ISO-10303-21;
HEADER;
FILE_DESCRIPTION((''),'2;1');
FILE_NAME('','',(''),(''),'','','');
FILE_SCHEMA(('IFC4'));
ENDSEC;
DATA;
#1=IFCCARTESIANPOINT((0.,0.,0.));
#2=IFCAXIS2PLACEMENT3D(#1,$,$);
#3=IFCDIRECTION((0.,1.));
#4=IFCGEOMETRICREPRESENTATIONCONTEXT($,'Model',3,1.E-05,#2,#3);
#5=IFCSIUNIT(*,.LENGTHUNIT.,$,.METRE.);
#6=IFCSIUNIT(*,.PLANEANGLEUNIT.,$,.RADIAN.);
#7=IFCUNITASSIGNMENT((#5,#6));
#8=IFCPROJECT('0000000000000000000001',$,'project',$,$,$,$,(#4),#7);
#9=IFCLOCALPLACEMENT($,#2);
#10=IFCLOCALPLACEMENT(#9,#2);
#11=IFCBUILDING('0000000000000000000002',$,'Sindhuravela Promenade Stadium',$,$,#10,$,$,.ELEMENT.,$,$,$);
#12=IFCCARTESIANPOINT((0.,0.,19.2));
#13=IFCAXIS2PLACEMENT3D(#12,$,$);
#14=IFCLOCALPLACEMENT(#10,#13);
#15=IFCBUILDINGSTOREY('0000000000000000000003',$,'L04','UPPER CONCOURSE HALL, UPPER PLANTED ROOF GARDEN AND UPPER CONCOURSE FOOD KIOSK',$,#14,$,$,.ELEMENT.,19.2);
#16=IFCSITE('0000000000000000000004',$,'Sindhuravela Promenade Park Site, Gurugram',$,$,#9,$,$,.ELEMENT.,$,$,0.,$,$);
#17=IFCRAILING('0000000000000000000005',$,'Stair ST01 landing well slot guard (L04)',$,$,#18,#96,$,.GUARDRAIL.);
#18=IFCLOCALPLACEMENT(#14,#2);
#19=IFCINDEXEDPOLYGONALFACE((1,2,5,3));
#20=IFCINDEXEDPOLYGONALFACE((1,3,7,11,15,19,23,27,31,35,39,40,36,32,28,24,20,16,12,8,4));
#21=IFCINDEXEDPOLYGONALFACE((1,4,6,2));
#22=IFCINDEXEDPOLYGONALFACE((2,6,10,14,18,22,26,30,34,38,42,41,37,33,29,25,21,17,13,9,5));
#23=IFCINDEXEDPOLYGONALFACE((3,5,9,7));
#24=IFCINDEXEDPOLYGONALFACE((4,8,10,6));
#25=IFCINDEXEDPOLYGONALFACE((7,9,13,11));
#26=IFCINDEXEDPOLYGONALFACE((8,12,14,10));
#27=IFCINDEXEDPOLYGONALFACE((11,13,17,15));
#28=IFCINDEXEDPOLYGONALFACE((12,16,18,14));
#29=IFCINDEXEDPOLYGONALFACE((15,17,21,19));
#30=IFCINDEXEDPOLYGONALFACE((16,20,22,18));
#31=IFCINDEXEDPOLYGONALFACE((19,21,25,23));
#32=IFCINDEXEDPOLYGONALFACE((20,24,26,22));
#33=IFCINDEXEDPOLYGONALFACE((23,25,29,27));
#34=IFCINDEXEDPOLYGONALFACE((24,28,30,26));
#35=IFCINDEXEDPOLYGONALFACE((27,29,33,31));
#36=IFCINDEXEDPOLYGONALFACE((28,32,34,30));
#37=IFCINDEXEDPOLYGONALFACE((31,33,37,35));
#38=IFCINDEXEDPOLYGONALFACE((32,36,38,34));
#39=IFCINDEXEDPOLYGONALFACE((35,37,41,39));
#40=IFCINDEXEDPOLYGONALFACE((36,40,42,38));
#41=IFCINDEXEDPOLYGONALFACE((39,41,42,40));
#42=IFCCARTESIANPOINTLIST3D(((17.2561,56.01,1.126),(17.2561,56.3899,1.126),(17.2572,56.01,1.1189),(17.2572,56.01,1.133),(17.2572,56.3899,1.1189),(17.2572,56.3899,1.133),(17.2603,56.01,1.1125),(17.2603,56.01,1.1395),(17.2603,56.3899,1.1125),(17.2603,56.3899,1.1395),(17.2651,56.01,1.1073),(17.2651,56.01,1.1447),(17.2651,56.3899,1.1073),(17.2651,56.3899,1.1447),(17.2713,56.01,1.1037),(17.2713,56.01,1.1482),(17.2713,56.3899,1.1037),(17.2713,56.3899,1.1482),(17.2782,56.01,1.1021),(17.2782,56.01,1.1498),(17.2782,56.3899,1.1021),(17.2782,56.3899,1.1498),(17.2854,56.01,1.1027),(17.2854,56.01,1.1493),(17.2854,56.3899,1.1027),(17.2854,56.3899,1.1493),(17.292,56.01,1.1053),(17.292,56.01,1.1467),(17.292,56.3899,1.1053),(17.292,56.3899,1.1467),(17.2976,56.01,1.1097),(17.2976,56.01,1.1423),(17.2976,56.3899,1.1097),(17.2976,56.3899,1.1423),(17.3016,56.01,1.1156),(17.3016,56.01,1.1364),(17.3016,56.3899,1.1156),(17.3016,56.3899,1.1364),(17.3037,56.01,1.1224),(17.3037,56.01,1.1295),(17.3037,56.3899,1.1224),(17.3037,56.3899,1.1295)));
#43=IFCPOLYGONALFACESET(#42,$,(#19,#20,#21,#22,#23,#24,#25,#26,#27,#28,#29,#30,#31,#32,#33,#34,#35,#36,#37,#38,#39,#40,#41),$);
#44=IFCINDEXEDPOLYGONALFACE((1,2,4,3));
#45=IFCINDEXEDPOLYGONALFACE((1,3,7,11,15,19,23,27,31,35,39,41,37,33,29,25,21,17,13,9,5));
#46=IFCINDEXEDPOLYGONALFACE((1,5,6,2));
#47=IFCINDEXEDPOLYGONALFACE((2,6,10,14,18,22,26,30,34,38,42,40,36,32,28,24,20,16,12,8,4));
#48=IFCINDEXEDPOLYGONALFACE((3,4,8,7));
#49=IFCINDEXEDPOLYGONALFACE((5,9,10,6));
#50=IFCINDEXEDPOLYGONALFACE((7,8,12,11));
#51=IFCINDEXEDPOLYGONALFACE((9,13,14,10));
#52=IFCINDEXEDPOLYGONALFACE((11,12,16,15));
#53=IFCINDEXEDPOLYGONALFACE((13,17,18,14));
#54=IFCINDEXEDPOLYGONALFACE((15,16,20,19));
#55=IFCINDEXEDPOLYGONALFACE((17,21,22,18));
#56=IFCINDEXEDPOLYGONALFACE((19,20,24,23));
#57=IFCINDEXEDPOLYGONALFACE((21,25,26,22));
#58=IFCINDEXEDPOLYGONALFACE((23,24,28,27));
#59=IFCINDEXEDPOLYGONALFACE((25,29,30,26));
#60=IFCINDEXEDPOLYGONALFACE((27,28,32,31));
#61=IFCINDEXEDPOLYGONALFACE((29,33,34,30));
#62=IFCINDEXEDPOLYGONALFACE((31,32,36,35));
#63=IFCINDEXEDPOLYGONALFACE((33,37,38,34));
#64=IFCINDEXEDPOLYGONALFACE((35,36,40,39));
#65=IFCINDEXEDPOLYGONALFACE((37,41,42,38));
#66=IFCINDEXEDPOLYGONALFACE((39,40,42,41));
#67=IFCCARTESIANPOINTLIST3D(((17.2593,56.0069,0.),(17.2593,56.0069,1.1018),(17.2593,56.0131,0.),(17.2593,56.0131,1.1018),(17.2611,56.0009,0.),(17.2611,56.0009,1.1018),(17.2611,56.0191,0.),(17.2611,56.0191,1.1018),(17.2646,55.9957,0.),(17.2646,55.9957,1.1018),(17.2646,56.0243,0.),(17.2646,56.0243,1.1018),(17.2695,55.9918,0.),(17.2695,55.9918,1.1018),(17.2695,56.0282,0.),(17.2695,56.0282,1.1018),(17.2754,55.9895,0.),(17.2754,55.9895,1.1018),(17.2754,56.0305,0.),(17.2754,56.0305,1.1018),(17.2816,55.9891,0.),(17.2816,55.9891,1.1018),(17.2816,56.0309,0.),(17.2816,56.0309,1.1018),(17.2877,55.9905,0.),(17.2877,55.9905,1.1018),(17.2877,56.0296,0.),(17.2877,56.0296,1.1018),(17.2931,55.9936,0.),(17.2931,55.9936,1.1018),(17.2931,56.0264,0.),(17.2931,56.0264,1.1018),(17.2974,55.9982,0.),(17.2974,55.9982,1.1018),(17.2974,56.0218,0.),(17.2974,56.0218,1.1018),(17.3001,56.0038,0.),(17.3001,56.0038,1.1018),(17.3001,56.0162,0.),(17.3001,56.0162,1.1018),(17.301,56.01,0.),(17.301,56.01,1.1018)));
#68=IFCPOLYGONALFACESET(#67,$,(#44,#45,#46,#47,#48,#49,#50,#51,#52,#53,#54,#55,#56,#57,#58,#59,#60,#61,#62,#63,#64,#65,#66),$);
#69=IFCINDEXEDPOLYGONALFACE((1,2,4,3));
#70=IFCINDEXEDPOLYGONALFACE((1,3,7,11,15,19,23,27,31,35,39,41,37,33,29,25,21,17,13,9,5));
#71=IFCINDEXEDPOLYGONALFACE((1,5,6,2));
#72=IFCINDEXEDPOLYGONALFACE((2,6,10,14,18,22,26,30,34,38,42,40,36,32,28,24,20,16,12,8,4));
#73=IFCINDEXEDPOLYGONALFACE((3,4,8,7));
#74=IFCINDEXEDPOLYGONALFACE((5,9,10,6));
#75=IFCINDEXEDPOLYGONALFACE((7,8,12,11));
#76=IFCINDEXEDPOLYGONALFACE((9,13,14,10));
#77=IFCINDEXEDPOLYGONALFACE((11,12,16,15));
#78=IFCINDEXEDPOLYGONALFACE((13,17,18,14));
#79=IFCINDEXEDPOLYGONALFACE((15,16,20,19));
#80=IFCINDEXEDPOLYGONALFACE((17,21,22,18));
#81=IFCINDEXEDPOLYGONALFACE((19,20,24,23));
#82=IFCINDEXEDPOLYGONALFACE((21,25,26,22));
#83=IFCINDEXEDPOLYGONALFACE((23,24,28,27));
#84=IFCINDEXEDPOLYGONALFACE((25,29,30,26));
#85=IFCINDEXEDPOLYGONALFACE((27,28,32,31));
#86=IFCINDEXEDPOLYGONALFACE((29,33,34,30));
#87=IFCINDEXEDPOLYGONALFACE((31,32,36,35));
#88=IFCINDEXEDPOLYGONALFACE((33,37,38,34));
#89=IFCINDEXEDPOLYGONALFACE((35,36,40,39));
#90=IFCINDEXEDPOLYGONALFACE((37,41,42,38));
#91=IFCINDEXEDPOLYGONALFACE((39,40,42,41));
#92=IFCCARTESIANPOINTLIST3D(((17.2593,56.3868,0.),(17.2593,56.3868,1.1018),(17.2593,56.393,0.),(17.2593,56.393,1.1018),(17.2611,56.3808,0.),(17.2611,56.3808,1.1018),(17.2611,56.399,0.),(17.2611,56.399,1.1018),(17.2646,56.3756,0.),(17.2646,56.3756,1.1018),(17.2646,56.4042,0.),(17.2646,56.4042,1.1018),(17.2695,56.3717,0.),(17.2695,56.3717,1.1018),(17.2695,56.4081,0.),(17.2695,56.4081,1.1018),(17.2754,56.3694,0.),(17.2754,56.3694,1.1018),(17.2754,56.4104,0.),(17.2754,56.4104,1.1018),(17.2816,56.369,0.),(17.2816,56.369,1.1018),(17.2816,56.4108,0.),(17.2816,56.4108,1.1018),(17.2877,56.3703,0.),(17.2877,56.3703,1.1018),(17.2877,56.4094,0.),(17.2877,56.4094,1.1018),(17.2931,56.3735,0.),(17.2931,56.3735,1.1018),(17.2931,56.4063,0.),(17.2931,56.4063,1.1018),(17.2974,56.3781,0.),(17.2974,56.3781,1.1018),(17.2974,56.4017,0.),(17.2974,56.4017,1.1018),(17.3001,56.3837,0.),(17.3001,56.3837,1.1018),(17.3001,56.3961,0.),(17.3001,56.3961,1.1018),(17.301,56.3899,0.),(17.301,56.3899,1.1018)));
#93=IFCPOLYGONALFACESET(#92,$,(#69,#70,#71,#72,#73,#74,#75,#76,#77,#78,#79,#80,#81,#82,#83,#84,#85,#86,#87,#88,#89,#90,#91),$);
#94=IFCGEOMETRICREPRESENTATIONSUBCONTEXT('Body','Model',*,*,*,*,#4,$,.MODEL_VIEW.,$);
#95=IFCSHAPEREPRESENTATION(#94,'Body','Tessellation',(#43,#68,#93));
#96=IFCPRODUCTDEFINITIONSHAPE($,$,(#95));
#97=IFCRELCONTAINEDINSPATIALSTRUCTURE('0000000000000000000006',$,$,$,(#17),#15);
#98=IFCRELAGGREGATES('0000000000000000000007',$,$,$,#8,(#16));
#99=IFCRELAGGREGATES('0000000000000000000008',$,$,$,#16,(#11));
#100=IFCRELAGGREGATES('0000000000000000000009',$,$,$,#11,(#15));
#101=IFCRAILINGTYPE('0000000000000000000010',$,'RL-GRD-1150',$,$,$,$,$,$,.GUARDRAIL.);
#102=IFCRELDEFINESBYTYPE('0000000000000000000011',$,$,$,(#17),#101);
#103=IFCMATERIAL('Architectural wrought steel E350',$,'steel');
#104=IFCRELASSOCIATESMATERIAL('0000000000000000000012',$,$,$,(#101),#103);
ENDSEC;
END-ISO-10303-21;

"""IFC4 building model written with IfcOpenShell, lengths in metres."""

from ifc_helpers import new_model, si_unit, direction, frame, origin, origin_2d, place, context, subcontext, project, spatial, circle, extrude, material, type_object, element, save


model = new_model("IFC4")

# Units and contexts
model_context = context("Model", 3, precision=1e-05, world=origin(), true_north=direction((0.0, 1.0)))
body_context = subcontext(model_context, "Body", "Model", "MODEL_VIEW")
ifc_project = project(units=[si_unit("LENGTHUNIT", "METRE"), si_unit("PLANEANGLEUNIT", "RADIAN")], contexts=[model_context])

# Site, building, storey
site_placement = place(None, origin())
site = spatial("IfcSite", under=ifc_project, at=site_placement, Name="Sindhuravela Promenade Park Site, Gurugram", CompositionType="ELEMENT", RefElevation=0.0)
building_placement = place(site_placement, origin())
building = spatial("IfcBuilding", under=site, at=building_placement, Name="Sindhuravela Promenade Stadium", CompositionType="ELEMENT")
storey_placement = place(building_placement, frame((0.0, 0.0, 19.2)))
storey = spatial("IfcBuildingStorey", under=building, at=storey_placement, Name="L04", Description="UPPER CONCOURSE HALL, UPPER PLANTED ROOF GARDEN AND UPPER CONCOURSE FOOD KIOSK", CompositionType="ELEMENT", Elevation=19.2)

# Shared definitions
ifc_material_1 = material(Name="Architectural wrought steel E350", Category="steel")

# Railing
railing_type_1 = type_object("IfcRailingType", Name="RL-GRD-1150", PredefinedType="GUARDRAIL", material=ifc_material_1)
railing_1_placement = place(storey_placement, frame((17.28, 56.01, 0.0)))
element("IfcRailing", 1, at=railing_1_placement, inside=storey, type_object=railing_type_1, Name="Stair ST01 landing well slot guard (L04)", PredefinedType="GUARDRAIL", context=body_context, shape_type="SweptSolid", body=[
    extrude(circle(Radius=0.0239, at=origin_2d()), frame((0.0, 0.0, 1.126), z_axis=(0.0, 1.0, 0.0), x_axis=(-1.0, 0.0, 0.0)), (0.0, 0.0, 1.0), 0.3799),
    extrude(circle(Radius=0.021, at=origin_2d()), origin(), (0.0, 0.0, 1.0), 1.1018),
    extrude(circle(Radius=0.021, at=origin_2d()), frame((0.0, 0.3799, 0.0)), (0.0, 0.0, 1.0), 1.1018),
])

save(model, "model.ifc")
